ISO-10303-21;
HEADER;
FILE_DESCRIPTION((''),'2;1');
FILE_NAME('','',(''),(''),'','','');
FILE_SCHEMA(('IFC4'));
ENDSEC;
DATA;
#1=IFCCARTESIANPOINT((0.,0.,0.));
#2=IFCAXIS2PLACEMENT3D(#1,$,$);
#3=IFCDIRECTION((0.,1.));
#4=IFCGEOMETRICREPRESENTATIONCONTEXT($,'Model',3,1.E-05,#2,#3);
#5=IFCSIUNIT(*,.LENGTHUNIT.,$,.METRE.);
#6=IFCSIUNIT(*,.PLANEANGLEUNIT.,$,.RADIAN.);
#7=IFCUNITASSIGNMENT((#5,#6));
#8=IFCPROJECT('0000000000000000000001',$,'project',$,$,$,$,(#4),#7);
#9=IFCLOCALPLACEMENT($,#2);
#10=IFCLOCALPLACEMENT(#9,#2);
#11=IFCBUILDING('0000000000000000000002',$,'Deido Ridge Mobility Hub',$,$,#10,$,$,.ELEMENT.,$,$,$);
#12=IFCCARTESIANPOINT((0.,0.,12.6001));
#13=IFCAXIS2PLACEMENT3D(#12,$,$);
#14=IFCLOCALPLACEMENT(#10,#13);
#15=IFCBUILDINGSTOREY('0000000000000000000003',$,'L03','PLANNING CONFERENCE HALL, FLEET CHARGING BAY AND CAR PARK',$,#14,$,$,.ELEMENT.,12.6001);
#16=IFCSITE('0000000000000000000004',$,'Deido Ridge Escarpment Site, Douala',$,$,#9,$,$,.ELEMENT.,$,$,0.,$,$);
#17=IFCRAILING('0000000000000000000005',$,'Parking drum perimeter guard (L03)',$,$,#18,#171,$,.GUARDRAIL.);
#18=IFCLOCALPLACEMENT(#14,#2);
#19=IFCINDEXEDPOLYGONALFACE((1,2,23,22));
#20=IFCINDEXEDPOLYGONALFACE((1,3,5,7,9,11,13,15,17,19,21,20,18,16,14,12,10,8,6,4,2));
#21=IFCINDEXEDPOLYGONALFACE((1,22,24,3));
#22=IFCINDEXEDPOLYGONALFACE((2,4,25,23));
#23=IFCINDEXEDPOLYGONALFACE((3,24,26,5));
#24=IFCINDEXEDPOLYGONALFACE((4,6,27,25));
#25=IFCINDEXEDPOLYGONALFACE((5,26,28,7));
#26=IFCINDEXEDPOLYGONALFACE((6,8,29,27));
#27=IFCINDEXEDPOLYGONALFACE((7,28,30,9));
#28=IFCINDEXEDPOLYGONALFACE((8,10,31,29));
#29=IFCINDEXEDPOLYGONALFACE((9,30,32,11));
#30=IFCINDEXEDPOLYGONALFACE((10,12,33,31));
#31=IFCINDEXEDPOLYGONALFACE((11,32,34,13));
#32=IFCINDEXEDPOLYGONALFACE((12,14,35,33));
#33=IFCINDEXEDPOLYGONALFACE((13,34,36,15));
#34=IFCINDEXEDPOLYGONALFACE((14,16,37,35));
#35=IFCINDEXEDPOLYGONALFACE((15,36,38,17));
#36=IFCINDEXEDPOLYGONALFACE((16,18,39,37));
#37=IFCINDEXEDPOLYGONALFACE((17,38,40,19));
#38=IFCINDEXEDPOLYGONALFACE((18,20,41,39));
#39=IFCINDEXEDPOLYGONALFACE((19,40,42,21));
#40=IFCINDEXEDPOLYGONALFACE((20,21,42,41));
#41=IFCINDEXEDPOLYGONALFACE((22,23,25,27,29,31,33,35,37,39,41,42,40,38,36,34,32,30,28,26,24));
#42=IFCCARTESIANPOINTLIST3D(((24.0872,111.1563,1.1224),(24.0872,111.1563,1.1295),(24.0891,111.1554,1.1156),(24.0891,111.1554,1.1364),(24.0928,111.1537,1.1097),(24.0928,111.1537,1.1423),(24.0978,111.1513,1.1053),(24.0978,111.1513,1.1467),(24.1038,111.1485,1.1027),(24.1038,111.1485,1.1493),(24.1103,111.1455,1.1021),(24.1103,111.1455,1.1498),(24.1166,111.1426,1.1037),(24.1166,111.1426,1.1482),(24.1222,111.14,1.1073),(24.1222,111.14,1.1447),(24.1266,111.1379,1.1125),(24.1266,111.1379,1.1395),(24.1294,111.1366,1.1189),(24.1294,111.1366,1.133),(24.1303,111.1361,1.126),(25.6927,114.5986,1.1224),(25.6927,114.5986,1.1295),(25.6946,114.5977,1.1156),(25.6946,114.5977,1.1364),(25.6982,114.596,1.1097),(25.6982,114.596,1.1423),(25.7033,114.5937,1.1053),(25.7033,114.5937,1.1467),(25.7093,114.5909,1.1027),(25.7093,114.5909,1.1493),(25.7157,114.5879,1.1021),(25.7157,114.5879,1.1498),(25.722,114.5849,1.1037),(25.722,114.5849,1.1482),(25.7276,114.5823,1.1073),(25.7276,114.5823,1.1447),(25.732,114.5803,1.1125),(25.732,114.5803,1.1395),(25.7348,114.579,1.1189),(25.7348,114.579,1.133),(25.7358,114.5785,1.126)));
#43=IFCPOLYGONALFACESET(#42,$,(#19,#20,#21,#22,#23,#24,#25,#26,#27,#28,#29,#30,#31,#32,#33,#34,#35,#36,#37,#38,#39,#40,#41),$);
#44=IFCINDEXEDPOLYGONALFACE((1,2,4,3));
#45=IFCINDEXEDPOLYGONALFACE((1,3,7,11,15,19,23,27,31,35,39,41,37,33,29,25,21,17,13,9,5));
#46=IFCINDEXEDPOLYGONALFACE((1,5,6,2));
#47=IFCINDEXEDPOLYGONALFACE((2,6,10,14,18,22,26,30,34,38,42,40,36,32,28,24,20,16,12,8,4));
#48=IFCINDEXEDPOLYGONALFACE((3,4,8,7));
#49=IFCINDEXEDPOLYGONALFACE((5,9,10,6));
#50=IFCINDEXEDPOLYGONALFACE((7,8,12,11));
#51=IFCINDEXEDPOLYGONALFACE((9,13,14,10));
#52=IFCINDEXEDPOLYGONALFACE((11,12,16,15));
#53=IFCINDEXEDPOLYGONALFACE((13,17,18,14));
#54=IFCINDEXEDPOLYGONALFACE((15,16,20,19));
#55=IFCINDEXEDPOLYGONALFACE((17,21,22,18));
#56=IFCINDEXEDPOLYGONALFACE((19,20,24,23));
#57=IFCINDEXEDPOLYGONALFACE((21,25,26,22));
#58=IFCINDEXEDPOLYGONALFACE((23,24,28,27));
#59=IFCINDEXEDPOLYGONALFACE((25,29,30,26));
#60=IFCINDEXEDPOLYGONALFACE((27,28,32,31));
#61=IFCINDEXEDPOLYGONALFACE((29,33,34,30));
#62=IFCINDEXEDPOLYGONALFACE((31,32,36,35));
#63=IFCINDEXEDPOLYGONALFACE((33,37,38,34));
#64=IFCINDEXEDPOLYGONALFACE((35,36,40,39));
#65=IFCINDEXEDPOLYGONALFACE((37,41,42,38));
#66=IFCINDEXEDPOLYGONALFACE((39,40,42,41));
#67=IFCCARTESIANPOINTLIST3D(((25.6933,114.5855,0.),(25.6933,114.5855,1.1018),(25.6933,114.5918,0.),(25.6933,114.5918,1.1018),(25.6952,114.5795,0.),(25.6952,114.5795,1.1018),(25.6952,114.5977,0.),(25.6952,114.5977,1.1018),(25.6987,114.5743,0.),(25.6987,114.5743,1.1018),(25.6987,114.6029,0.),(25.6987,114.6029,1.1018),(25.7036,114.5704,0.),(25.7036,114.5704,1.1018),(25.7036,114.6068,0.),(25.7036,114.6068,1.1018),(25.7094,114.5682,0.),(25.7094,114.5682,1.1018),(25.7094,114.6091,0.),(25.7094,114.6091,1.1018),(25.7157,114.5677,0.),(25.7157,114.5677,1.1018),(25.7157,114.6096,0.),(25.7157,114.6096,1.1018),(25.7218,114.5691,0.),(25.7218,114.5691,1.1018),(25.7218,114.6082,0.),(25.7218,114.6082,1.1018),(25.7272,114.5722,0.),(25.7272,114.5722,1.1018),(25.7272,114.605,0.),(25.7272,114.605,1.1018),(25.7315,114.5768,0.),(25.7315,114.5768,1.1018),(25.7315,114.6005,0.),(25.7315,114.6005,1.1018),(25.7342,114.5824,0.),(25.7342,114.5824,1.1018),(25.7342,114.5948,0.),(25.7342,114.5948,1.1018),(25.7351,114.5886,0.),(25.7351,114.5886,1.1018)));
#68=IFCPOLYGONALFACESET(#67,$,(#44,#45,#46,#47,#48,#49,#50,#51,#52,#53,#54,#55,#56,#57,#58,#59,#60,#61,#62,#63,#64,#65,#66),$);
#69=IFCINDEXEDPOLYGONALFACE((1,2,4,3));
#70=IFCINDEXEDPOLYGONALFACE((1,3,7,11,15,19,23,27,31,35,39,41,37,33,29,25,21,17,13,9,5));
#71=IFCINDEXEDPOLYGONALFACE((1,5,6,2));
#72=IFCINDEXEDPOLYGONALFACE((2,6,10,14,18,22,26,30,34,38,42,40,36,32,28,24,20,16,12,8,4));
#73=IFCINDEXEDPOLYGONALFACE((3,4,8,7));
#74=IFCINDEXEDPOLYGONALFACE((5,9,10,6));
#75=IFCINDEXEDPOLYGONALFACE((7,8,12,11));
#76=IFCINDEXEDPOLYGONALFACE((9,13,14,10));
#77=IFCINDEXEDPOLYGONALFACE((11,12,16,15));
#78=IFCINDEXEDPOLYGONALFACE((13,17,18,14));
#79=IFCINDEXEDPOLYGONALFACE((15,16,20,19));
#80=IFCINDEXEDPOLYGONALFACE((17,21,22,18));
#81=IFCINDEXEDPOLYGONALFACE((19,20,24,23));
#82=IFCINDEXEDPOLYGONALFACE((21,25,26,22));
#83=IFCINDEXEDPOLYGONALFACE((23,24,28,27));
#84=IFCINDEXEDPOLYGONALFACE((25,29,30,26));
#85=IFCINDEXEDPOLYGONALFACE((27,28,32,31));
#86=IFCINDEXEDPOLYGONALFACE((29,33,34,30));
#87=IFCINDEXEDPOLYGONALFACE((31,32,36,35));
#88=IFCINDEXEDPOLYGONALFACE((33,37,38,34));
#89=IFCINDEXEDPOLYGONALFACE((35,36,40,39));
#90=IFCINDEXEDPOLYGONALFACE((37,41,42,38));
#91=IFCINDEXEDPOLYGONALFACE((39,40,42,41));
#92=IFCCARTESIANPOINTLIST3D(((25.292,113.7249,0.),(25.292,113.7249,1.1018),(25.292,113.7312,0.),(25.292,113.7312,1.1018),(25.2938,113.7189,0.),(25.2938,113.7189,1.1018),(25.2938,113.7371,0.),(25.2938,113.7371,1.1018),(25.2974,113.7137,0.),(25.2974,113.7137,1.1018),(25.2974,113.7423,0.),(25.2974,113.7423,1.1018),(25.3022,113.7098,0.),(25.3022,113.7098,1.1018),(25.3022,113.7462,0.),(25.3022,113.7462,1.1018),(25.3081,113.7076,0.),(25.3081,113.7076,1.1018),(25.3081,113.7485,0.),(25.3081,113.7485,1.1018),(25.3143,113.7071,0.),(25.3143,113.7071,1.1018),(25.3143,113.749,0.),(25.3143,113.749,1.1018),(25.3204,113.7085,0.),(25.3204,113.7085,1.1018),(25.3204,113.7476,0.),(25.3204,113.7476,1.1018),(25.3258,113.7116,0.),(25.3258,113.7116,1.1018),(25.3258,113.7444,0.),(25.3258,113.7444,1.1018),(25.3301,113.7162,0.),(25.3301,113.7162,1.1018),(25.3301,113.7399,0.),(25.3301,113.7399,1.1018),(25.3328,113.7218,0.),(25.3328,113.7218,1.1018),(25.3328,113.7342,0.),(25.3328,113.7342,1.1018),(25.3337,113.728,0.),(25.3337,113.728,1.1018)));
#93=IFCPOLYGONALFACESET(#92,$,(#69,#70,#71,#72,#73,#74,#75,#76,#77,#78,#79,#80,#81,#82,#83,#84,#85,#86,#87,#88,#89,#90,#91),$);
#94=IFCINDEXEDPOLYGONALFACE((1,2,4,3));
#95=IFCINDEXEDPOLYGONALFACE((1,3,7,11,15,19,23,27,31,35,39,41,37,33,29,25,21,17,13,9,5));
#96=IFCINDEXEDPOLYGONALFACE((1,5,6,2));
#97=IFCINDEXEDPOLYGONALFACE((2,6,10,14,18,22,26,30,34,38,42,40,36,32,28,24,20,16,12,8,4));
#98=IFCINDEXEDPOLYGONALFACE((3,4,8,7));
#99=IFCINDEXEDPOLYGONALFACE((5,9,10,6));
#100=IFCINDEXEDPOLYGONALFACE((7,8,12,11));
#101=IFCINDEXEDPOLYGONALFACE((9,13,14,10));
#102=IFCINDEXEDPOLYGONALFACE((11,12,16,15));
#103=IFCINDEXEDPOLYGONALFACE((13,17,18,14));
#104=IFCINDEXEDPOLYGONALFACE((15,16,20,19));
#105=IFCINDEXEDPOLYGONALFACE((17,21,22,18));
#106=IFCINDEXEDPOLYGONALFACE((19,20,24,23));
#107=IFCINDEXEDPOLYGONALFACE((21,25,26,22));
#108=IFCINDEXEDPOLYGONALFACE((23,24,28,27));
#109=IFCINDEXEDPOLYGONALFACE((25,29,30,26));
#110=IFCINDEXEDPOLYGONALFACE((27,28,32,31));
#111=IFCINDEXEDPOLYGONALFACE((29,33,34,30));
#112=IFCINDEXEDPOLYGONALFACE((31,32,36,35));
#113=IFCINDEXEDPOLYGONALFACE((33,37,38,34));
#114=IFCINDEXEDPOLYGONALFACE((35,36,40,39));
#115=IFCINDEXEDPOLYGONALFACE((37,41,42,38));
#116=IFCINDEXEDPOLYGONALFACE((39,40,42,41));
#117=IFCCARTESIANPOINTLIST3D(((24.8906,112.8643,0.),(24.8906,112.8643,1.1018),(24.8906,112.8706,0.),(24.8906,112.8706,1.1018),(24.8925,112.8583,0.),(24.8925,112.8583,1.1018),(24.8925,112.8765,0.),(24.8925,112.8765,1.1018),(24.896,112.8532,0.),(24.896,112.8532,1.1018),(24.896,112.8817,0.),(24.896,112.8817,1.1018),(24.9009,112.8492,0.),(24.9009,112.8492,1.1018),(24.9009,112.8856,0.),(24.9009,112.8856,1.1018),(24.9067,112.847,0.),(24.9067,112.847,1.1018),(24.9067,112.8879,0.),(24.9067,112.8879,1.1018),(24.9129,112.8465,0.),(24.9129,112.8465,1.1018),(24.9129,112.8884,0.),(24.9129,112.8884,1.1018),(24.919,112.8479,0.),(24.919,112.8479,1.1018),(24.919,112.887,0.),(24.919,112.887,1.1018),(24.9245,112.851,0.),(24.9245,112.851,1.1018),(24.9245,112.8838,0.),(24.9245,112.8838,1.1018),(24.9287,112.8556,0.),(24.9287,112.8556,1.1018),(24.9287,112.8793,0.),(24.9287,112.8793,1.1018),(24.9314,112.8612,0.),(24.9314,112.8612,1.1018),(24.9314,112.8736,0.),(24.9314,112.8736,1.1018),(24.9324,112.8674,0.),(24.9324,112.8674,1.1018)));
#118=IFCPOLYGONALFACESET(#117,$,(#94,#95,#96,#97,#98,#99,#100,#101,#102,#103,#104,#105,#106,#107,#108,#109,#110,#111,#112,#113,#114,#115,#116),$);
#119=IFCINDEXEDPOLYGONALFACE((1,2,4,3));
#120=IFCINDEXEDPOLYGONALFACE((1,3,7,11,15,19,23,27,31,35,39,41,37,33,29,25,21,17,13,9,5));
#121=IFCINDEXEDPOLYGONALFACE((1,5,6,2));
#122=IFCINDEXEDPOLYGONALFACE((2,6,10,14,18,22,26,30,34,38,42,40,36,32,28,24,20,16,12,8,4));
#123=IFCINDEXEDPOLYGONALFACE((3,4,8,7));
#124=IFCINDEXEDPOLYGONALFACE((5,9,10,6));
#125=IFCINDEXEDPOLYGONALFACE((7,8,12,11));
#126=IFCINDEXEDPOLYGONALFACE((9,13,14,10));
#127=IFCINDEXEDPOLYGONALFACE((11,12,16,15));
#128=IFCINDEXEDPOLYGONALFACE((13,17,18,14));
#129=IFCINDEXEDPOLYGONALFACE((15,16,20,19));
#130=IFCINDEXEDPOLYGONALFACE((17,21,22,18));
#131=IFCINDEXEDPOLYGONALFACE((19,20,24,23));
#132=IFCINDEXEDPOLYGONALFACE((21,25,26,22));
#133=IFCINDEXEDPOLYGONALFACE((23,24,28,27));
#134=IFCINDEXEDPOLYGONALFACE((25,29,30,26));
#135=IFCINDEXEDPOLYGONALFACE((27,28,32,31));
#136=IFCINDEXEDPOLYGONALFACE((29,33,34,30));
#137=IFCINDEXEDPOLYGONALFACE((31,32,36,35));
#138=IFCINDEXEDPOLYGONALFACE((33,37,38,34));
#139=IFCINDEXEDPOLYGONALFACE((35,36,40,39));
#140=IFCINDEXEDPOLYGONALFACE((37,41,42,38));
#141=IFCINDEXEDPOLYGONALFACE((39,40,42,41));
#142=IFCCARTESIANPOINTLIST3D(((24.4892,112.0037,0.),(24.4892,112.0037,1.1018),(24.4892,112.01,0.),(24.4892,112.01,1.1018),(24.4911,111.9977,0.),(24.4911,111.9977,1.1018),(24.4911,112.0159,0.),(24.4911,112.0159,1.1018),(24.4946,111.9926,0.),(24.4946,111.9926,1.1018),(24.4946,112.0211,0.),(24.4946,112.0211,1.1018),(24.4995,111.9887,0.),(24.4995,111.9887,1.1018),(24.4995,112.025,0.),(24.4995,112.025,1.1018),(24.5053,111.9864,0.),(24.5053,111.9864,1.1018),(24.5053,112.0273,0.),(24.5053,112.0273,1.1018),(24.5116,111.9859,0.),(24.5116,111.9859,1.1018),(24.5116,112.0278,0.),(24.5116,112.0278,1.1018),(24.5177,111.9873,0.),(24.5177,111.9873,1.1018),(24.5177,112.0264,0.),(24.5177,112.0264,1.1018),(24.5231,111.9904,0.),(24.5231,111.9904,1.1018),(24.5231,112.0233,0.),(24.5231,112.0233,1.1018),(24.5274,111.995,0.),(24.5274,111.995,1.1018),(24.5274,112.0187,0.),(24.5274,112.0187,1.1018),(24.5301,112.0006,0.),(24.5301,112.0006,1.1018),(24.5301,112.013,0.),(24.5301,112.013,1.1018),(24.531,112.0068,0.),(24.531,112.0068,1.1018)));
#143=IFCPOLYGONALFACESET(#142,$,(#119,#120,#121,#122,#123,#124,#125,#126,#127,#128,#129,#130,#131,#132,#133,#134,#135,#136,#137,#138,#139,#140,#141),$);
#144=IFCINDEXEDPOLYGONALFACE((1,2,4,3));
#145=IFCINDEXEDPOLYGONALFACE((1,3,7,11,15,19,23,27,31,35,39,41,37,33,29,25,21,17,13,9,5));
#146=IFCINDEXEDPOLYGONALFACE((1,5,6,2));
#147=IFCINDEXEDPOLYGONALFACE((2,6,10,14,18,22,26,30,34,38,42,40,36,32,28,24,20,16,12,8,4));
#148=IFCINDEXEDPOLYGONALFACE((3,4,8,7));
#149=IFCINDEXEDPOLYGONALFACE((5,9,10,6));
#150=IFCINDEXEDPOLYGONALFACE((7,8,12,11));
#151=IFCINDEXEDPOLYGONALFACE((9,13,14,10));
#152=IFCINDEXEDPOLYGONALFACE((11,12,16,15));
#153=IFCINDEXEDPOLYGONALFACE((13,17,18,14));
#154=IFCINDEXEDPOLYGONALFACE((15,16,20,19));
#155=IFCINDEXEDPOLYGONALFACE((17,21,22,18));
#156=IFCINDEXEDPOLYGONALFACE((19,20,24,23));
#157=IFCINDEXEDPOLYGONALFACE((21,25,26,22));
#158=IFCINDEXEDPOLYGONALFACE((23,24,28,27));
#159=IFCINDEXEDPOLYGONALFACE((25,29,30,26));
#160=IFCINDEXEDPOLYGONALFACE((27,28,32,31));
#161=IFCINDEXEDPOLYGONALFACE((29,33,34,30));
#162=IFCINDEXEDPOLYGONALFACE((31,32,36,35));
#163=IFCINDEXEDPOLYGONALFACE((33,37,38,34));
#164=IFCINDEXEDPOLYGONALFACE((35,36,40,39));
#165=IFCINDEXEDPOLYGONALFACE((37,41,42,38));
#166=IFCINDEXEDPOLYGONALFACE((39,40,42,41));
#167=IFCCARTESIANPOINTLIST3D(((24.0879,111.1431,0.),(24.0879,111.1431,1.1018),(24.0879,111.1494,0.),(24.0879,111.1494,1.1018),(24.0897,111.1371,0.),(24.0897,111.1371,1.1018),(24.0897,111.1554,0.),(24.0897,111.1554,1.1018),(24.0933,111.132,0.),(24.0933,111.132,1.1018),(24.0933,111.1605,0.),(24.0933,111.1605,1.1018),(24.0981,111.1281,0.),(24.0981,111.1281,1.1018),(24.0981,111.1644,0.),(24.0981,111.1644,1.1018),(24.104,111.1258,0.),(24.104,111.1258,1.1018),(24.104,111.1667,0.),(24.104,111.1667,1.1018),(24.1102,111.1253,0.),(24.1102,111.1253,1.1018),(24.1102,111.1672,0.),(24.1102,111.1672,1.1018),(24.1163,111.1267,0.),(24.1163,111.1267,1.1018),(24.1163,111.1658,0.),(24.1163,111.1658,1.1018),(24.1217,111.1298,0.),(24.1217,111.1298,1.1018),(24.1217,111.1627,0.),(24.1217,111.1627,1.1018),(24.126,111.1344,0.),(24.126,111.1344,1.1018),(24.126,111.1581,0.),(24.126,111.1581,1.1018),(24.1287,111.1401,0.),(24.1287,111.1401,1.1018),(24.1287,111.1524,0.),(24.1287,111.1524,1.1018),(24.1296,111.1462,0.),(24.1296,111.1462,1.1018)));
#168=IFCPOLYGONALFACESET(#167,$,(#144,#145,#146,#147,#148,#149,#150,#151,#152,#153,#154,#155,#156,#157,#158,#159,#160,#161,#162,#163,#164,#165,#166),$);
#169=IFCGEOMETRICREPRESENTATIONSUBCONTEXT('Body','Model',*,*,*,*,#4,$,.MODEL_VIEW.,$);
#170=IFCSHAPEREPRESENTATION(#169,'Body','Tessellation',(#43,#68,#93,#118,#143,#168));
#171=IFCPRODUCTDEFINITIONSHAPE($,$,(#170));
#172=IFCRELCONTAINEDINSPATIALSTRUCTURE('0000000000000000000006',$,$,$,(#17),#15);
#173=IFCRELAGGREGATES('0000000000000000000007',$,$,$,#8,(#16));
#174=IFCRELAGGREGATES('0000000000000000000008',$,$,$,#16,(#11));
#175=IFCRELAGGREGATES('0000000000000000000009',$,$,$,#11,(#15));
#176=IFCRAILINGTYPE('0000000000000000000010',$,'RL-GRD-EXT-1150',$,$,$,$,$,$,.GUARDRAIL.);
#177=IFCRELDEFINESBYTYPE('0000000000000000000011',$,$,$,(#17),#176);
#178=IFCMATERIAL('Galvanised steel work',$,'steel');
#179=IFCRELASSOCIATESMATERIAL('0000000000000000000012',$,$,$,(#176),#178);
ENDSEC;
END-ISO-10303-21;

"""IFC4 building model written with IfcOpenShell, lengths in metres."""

from ifc_helpers import new_model, si_unit, direction, frame, origin, origin_2d, place, context, subcontext, project, spatial, circle, extrude, material, type_object, element, save


model = new_model("IFC4")

# Units and contexts
model_context = context("Model", 3, precision=1e-05, world=origin(), true_north=direction((0.0, 1.0)))
body_context = subcontext(model_context, "Body", "Model", "MODEL_VIEW")
ifc_project = project(units=[si_unit("LENGTHUNIT", "METRE"), si_unit("PLANEANGLEUNIT", "RADIAN")], contexts=[model_context])

# Site, building, storey
site_placement = place(None, origin())
site = spatial("IfcSite", under=ifc_project, at=site_placement, Name="Deido Ridge Escarpment Site, Douala", CompositionType="ELEMENT", RefElevation=0.0)
building_placement = place(site_placement, origin())
building = spatial("IfcBuilding", under=site, at=building_placement, Name="Deido Ridge Mobility Hub", CompositionType="ELEMENT")
storey_placement = place(building_placement, frame((0.0, 0.0, 12.6001)))
storey = spatial("IfcBuildingStorey", under=building, at=storey_placement, Name="L03", Description="PLANNING CONFERENCE HALL, FLEET CHARGING BAY AND CAR PARK", CompositionType="ELEMENT", Elevation=12.6001)

# Railing
ifc_material_1 = material(Name="Galvanised steel work", Category="steel")
railing_type = type_object("IfcRailingType", Name="RL-GRD-EXT-1150", PredefinedType="GUARDRAIL", material=ifc_material_1)
railing_1_placement = place(storey_placement, frame((25.7141, 114.5886, 0.0)))
element("IfcRailing", 1, at=railing_1_placement, inside=storey, type_object=railing_type, Name="Parking drum perimeter guard (L03)", PredefinedType="GUARDRAIL", context=body_context, shape_type="SweptSolid", body=[
    extrude(circle(Radius=0.0239, at=origin_2d()), frame((0.0, 0.0, 1.126), z_axis=(-0.422674, -0.906282, 0.0), x_axis=(0.906282, -0.422674, 0.0)), (0.0, 0.0, 1.0), 3.7983),
    extrude(circle(Radius=0.021, at=origin_2d()), origin(), (0.0, 0.0, 1.0), 1.1018),
    extrude(circle(Radius=0.021, at=origin_2d()), frame((-0.4014, -0.8606, 0.0)), (0.0, 0.0, 1.0), 1.1018),
    extrude(circle(Radius=0.021, at=origin_2d()), frame((-0.8027, -1.7212, 0.0)), (0.0, 0.0, 1.0), 1.1018),
    extrude(circle(Radius=0.021, at=origin_2d()), frame((-1.2041, -2.5818, 0.0)), (0.0, 0.0, 1.0), 1.1018),
    extrude(circle(Radius=0.021, at=origin_2d()), frame((-1.6055, -3.4424, 0.0)), (0.0, 0.0, 1.0), 1.1018),
])

save(model, "model.ifc")
